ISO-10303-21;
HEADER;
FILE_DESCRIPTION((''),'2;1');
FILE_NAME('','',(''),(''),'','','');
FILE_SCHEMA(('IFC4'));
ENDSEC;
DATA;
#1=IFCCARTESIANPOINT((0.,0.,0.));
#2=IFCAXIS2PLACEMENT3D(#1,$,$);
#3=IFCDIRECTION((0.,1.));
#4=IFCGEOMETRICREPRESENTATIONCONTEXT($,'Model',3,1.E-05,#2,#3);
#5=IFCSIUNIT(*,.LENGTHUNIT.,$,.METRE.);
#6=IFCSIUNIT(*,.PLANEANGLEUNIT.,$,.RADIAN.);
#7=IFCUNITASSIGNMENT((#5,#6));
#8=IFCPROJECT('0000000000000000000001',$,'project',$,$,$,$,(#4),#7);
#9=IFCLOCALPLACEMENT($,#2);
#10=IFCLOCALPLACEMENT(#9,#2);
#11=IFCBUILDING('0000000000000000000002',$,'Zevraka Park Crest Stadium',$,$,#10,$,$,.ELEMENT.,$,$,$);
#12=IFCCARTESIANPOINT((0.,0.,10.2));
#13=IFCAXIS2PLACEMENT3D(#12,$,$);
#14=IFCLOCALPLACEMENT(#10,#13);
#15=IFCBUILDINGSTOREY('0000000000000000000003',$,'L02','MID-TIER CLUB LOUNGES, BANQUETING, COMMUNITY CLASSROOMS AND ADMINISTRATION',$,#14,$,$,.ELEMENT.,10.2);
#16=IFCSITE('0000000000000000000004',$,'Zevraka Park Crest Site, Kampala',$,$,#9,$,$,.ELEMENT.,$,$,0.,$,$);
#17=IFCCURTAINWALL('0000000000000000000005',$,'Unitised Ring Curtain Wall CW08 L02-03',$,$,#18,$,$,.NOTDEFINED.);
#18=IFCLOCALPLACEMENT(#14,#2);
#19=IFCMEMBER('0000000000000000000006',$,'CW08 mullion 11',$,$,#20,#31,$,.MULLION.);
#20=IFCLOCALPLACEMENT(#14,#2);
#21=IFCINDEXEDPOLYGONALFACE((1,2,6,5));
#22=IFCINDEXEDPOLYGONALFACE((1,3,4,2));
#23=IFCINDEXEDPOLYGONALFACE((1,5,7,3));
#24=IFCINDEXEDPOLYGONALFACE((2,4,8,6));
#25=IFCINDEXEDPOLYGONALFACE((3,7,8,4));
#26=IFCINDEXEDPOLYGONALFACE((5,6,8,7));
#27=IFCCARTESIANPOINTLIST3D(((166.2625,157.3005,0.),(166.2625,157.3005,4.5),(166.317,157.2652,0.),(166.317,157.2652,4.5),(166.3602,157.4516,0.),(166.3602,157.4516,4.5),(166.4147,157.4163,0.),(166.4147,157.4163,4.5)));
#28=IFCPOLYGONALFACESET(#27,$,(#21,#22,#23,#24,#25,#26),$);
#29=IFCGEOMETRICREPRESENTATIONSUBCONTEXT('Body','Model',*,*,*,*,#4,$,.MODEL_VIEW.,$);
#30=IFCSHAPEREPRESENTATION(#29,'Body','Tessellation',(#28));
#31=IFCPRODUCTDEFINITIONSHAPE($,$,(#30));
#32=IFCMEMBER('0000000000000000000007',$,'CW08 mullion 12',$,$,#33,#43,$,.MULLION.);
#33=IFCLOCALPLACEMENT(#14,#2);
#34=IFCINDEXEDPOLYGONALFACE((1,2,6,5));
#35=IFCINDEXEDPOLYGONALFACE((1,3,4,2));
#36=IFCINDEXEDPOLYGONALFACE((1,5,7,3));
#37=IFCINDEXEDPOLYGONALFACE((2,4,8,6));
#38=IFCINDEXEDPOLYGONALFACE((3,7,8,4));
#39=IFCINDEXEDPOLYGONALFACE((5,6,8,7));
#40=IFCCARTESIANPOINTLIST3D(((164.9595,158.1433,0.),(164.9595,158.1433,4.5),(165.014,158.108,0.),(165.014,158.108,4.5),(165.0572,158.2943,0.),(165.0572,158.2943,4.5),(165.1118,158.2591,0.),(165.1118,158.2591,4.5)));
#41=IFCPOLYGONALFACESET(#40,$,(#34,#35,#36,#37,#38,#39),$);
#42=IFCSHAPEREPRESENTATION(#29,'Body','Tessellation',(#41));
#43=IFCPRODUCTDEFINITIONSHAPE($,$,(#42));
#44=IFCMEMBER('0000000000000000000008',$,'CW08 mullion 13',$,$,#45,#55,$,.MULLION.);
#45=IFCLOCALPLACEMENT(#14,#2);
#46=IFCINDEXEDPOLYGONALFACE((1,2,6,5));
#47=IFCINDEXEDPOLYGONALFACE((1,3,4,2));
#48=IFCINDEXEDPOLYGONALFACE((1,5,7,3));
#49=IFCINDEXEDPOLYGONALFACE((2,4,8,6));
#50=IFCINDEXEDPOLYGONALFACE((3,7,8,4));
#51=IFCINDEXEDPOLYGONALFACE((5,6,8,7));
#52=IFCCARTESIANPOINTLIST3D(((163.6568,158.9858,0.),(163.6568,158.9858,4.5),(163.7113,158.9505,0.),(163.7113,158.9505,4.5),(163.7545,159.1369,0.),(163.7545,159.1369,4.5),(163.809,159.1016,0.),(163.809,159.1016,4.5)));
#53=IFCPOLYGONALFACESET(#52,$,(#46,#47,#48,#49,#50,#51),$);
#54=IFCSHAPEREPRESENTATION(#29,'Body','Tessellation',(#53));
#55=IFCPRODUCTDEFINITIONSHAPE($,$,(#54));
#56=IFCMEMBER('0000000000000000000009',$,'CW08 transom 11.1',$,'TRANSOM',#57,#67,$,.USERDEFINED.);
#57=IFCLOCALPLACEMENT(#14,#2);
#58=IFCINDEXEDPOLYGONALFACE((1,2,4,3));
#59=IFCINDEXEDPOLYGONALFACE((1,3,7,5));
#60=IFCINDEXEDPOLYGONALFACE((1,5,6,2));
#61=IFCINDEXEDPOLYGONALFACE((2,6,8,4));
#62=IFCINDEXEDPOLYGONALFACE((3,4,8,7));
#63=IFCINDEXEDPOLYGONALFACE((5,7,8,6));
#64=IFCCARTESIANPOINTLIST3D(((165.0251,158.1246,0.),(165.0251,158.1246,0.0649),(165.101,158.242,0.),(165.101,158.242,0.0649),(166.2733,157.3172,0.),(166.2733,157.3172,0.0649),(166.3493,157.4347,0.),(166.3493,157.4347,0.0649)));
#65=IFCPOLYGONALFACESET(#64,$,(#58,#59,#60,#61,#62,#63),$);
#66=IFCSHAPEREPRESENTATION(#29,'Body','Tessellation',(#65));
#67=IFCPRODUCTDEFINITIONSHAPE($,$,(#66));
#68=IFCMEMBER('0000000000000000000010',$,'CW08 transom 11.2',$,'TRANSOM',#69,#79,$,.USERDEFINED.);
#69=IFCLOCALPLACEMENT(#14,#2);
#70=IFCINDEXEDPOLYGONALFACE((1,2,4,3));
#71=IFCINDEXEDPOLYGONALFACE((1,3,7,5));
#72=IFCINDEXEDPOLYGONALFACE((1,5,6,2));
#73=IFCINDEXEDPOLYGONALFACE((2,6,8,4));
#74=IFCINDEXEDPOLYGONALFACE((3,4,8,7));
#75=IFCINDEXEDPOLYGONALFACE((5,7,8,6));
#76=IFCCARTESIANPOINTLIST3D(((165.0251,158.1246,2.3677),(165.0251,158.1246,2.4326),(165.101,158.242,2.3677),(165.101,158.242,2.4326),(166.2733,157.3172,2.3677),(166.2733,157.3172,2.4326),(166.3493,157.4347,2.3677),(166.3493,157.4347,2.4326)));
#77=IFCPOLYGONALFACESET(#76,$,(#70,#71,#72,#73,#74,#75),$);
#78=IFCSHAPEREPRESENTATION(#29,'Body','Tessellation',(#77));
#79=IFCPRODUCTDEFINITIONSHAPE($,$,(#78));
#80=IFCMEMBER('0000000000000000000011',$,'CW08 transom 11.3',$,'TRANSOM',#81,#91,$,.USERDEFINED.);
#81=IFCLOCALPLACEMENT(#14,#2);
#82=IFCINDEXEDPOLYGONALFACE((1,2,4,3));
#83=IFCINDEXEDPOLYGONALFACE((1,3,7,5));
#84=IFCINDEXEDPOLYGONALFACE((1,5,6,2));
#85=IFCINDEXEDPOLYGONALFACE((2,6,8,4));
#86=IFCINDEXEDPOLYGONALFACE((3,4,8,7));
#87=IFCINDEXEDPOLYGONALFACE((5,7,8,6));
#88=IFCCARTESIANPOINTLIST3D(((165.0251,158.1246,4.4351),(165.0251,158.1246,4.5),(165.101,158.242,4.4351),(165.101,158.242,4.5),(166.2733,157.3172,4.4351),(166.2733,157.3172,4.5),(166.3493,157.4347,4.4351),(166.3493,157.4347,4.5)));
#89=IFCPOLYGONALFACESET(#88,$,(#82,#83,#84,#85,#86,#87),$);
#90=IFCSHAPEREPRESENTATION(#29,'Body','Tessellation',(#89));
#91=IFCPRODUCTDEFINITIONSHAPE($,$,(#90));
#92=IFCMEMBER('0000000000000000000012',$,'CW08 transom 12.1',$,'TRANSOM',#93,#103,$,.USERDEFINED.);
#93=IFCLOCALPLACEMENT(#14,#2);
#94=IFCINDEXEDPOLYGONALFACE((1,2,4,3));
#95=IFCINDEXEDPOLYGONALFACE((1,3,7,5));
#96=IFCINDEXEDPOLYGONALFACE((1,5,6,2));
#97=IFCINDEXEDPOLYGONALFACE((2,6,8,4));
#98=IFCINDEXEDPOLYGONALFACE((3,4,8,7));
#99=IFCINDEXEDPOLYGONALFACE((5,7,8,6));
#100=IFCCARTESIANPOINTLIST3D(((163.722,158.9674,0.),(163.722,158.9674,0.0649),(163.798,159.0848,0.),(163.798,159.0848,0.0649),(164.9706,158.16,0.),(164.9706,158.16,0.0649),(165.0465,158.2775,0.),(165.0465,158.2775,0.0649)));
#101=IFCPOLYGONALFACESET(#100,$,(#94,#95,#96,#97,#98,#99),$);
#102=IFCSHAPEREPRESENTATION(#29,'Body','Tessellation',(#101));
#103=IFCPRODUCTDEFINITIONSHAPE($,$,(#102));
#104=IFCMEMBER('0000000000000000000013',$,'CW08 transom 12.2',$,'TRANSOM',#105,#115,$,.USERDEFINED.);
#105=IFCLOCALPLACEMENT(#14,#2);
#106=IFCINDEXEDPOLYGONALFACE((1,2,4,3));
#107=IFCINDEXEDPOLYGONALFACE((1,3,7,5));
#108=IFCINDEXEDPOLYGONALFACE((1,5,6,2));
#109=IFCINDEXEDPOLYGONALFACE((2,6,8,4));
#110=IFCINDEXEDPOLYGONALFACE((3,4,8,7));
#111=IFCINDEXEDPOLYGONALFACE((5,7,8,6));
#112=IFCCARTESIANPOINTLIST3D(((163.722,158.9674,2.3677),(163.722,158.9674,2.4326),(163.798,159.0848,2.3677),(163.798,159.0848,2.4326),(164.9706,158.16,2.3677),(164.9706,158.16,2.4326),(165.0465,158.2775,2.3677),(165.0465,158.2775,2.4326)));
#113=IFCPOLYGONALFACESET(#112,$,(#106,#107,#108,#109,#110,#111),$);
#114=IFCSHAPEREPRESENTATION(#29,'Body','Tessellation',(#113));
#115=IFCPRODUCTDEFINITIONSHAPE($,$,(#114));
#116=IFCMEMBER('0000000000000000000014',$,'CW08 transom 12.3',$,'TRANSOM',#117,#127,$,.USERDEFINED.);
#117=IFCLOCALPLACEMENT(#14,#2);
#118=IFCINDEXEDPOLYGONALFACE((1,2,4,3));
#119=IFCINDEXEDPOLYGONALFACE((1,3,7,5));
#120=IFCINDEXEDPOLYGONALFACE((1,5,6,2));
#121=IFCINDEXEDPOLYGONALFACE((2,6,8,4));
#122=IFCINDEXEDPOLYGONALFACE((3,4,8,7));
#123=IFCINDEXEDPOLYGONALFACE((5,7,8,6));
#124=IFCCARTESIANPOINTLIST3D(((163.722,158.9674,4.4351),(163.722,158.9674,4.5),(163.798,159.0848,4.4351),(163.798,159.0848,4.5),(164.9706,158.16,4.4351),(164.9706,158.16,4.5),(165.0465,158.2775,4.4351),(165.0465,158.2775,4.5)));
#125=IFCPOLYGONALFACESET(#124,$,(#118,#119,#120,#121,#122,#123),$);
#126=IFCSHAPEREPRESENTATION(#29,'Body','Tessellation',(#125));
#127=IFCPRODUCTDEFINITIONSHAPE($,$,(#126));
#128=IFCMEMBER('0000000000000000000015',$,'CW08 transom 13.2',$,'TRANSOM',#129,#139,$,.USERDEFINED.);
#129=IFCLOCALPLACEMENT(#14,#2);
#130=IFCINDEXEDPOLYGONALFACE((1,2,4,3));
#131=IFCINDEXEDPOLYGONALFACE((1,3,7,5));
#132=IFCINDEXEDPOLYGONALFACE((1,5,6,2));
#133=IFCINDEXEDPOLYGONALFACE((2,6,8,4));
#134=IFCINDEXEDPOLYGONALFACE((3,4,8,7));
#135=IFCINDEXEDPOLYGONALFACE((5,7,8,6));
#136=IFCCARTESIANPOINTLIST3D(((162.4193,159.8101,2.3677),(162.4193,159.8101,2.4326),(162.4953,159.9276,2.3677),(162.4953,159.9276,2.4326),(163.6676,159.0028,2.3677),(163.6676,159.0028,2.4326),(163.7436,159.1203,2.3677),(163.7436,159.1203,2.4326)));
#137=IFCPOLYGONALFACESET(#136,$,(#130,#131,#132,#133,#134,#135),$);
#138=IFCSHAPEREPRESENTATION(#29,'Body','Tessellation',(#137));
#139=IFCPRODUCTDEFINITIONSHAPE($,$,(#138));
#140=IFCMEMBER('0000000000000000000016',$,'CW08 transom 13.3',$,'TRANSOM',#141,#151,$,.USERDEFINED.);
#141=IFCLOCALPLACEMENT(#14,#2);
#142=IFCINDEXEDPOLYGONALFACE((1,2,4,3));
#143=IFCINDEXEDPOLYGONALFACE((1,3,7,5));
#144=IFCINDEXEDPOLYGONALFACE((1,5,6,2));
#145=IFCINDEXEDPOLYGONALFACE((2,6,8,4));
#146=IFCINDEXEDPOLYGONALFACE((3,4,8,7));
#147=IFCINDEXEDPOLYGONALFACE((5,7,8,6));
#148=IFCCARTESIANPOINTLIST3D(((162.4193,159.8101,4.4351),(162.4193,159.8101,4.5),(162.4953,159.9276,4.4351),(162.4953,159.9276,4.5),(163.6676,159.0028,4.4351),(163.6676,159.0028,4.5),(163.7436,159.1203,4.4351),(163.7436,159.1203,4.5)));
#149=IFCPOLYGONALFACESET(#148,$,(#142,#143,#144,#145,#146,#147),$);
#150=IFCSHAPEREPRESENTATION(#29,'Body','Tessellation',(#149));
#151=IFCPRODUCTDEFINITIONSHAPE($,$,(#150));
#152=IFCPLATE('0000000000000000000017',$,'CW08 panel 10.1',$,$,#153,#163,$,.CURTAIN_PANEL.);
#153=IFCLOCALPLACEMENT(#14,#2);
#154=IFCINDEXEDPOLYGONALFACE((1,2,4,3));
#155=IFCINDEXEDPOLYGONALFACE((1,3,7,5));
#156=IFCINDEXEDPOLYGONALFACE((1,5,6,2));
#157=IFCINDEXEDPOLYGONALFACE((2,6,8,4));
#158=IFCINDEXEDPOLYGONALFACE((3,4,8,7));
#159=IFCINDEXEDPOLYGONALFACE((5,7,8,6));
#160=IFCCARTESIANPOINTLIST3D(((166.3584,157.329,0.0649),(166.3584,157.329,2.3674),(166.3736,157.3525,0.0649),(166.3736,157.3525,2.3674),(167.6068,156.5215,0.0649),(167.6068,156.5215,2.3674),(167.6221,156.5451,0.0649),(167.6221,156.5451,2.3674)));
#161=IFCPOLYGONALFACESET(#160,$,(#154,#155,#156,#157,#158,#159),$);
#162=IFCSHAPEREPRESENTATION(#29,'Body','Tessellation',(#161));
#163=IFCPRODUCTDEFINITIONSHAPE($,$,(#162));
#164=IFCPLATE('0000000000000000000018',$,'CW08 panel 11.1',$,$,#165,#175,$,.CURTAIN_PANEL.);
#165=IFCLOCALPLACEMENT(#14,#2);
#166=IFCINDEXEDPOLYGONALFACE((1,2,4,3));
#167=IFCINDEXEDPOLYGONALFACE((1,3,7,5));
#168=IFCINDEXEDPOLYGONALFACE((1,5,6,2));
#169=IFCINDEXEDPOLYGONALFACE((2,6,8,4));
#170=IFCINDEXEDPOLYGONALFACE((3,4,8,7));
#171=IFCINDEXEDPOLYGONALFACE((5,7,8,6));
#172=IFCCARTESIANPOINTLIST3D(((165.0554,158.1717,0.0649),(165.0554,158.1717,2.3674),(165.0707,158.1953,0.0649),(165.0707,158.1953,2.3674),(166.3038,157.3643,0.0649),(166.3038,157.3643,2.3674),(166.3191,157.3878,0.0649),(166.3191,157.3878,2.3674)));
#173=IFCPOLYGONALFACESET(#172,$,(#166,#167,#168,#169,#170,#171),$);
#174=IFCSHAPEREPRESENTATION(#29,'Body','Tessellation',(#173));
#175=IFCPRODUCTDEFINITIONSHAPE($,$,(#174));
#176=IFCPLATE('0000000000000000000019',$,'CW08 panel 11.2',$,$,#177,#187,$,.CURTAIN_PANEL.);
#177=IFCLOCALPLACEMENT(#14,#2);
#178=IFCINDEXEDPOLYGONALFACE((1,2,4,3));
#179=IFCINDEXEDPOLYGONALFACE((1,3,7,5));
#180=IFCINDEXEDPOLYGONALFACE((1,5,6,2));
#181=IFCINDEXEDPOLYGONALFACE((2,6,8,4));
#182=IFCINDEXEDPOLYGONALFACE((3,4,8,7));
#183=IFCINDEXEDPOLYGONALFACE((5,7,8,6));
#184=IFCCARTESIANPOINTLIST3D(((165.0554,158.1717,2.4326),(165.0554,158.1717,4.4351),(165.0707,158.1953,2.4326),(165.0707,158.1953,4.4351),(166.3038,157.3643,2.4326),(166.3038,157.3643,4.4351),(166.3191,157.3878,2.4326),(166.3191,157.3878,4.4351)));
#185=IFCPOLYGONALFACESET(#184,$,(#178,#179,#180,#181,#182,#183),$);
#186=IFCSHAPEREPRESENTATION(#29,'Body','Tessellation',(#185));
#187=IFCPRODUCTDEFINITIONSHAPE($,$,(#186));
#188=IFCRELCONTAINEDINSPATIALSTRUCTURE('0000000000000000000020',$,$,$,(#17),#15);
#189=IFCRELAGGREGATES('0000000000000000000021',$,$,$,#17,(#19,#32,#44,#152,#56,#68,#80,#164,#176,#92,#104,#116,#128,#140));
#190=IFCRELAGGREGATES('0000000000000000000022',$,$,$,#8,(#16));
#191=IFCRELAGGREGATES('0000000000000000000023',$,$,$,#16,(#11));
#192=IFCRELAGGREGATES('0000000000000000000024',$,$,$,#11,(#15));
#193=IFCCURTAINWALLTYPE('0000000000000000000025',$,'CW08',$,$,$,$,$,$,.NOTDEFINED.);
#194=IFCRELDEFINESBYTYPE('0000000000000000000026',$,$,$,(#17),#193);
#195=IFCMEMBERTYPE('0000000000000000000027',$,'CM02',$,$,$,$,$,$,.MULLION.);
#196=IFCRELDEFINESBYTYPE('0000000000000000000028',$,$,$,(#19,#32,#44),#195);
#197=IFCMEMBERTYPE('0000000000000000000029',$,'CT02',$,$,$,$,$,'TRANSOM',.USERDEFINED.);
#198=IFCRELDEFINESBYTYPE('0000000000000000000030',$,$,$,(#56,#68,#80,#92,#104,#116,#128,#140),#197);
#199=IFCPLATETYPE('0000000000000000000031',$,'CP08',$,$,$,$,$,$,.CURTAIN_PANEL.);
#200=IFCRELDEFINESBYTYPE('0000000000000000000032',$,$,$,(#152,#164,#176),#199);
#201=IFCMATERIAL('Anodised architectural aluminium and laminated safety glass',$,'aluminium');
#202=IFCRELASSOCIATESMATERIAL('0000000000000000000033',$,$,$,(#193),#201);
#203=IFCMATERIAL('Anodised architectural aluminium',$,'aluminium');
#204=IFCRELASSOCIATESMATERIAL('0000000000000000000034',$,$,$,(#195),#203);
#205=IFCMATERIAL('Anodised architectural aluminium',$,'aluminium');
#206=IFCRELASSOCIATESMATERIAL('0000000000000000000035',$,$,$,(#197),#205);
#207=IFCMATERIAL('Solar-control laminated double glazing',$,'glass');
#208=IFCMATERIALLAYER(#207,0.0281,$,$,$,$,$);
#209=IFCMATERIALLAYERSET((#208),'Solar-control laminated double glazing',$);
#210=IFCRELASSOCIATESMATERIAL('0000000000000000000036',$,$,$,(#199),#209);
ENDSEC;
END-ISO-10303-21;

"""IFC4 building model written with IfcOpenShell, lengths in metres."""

from ifc_helpers import new_model, si_unit, direction, frame, origin, origin_2d, place, context, subcontext, project, spatial, rectangle, extrude, material, layer, layer_set, material_profile, profile_set, type_object, element, aggregate, save


model = new_model("IFC4")

# Units and contexts
model_context = context("Model", 3, precision=1e-05, world=origin(), true_north=direction((0.0, 1.0)))
body_context = subcontext(model_context, "Body", "Model", "MODEL_VIEW")
ifc_project = project(units=[si_unit("LENGTHUNIT", "METRE"), si_unit("PLANEANGLEUNIT", "RADIAN")], contexts=[model_context])

# Site, building, storey
site_placement = place(None, origin())
site = spatial("IfcSite", under=ifc_project, at=site_placement, Name="Zevraka Park Crest Site, Kampala", CompositionType="ELEMENT", RefElevation=0.0)
building_placement = place(site_placement, origin())
building = spatial("IfcBuilding", under=site, at=building_placement, Name="Zevraka Park Crest Stadium", CompositionType="ELEMENT")
storey_placement = place(building_placement, frame((0.0, 0.0, 10.2)))
storey = spatial("IfcBuildingStorey", under=building, at=storey_placement, Name="L02", Description="MID-TIER CLUB LOUNGES, BANQUETING, COMMUNITY CLASSROOMS AND ADMINISTRATION", CompositionType="ELEMENT", Elevation=10.2)

# Curtain wall, members, plates
ifc_material_1 = material(Name="Anodised architectural aluminium and laminated safety glass", Category="aluminium")
curtain_wall_type = type_object("IfcCurtainWallType", Name="CW08", PredefinedType="NOTDEFINED", material=ifc_material_1)
curtain_wall_placement = place(storey_placement, origin())
curtain_wall = element("IfcCurtainWall", 1, at=curtain_wall_placement, inside=storey, type_object=curtain_wall_type, Name="Unitised Ring Curtain Wall CW08 L02-03", PredefinedType="NOTDEFINED")
ifc_material_2 = material(Name="Anodised architectural aluminium", Category="aluminium")
ifc_material_profile_1 = material_profile(ifc_material_2, rectangle(XDim=0.1799, YDim=0.0649, at=origin_2d()), Name="ALU MULLION 180x65")
ifc_profile_set_1 = profile_set([ifc_material_profile_1], Name="Anodised architectural aluminium")
member_type_1 = type_object("IfcMemberType", Name="CM02", PredefinedType="MULLION", material=ifc_profile_set_1)
member_1_placement = place(storey_placement, frame((166.3386, 157.3584, 0.0), z_axis=(0.0, 0.0, 1.0), x_axis=(-0.543096, -0.83967, 0.0)))
member_1 = element("IfcMember", 2, at=member_1_placement, type_object=member_type_1, Name="CW08 mullion 11", PredefinedType="MULLION", context=body_context, shape_type="SweptSolid", body=[
    extrude(rectangle(XDim=0.1799, YDim=0.0649, at=origin_2d()), origin(), (0.0, 0.0, 1.0), 4.5),
])
member_2_placement = place(storey_placement, frame((165.0356, 158.2012, 0.0), z_axis=(0.0, 0.0, 1.0), x_axis=(-0.543096, -0.83967, 0.0)))
member_2 = element("IfcMember", 3, at=member_2_placement, type_object=member_type_1, Name="CW08 mullion 12", PredefinedType="MULLION", context=body_context, shape_type="SweptSolid", body=[
    extrude(rectangle(XDim=0.1799, YDim=0.0649, at=origin_2d()), origin(), (0.0, 0.0, 1.0), 4.5),
])
member_3_placement = place(storey_placement, frame((163.7329, 159.0437, 0.0), z_axis=(0.0, 0.0, 1.0), x_axis=(-0.543096, -0.83967, 0.0)))
member_3 = element("IfcMember", 4, at=member_3_placement, type_object=member_type_1, Name="CW08 mullion 13", PredefinedType="MULLION", context=body_context, shape_type="SweptSolid", body=[
    extrude(rectangle(XDim=0.1799, YDim=0.0649, at=origin_2d()), origin(), (0.0, 0.0, 1.0), 4.5),
])
ifc_material_3 = material(Name="Anodised architectural aluminium", Category="aluminium")
ifc_material_profile_2 = material_profile(ifc_material_3, rectangle(XDim=0.1399, YDim=0.0649, at=origin_2d()), Name="ALU TRANSOM 140x65")
ifc_profile_set_2 = profile_set([ifc_material_profile_2], Name="Anodised architectural aluminium")
member_type_2 = type_object("IfcMemberType", Name="CT02", ElementType="TRANSOM", PredefinedType="USERDEFINED", material=ifc_profile_set_2)
member_4_placement = place(storey_placement, frame((166.3113, 157.376, 0.0325), z_axis=(-0.839676, 0.543088, 0.0), x_axis=(-0.543088, -0.839676, 0.0)))
member_4 = element("IfcMember", 5, at=member_4_placement, type_object=member_type_2, Name="CW08 transom 11.1", ObjectType="TRANSOM", PredefinedType="USERDEFINED", context=body_context, shape_type="SweptSolid", body=[
    extrude(rectangle(XDim=0.1399, YDim=0.0649, at=origin_2d()), origin(), (0.0, 0.0, 1.0), 1.4866),
])
member_5_placement = place(storey_placement, frame((166.3113, 157.376, 2.4001), z_axis=(-0.839676, 0.543088, 0.0), x_axis=(-0.543088, -0.839676, 0.0)))
member_5 = element("IfcMember", 6, at=member_5_placement, type_object=member_type_2, Name="CW08 transom 11.2", ObjectType="TRANSOM", PredefinedType="USERDEFINED", context=body_context, shape_type="SweptSolid", body=[
    extrude(rectangle(XDim=0.1399, YDim=0.0649, at=origin_2d()), origin(), (0.0, 0.0, 1.0), 1.4866),
])
member_6_placement = place(storey_placement, frame((166.3113, 157.376, 4.4675), z_axis=(-0.839676, 0.543088, 0.0), x_axis=(-0.543088, -0.839676, 0.0)))
member_6 = element("IfcMember", 7, at=member_6_placement, type_object=member_type_2, Name="CW08 transom 11.3", ObjectType="TRANSOM", PredefinedType="USERDEFINED", context=body_context, shape_type="SweptSolid", body=[
    extrude(rectangle(XDim=0.1399, YDim=0.0649, at=origin_2d()), origin(), (0.0, 0.0, 1.0), 1.4866),
])
member_7_placement = place(storey_placement, frame((165.0085, 158.2188, 0.0325), z_axis=(-0.839724, 0.543013, 0.0), x_axis=(-0.543013, -0.839724, 0.0)))
member_7 = element("IfcMember", 8, at=member_7_placement, type_object=member_type_2, Name="CW08 transom 12.1", ObjectType="TRANSOM", PredefinedType="USERDEFINED", context=body_context, shape_type="SweptSolid", body=[
    extrude(rectangle(XDim=0.1399, YDim=0.0649, at=origin_2d()), origin(), (0.0, 0.0, 1.0), 1.4868),
])
member_8_placement = place(storey_placement, frame((165.0085, 158.2188, 2.4001), z_axis=(-0.839724, 0.543013, 0.0), x_axis=(-0.543013, -0.839724, 0.0)))
member_8 = element("IfcMember", 9, at=member_8_placement, type_object=member_type_2, Name="CW08 transom 12.2", ObjectType="TRANSOM", PredefinedType="USERDEFINED", context=body_context, shape_type="SweptSolid", body=[
    extrude(rectangle(XDim=0.1399, YDim=0.0649, at=origin_2d()), origin(), (0.0, 0.0, 1.0), 1.4868),
])
member_9_placement = place(storey_placement, frame((165.0085, 158.2188, 4.4675), z_axis=(-0.839724, 0.543013, 0.0), x_axis=(-0.543013, -0.839724, 0.0)))
member_9 = element("IfcMember", 10, at=member_9_placement, type_object=member_type_2, Name="CW08 transom 12.3", ObjectType="TRANSOM", PredefinedType="USERDEFINED", context=body_context, shape_type="SweptSolid", body=[
    extrude(rectangle(XDim=0.1399, YDim=0.0649, at=origin_2d()), origin(), (0.0, 0.0, 1.0), 1.4868),
])
member_10_placement = place(storey_placement, frame((163.7056, 159.0615, 2.4001), z_axis=(-0.839676, 0.543088, 0.0), x_axis=(-0.543088, -0.839676, 0.0)))
member_10 = element("IfcMember", 11, at=member_10_placement, type_object=member_type_2, Name="CW08 transom 13.2", ObjectType="TRANSOM", PredefinedType="USERDEFINED", context=body_context, shape_type="SweptSolid", body=[
    extrude(rectangle(XDim=0.1399, YDim=0.0649, at=origin_2d()), origin(), (0.0, 0.0, 1.0), 1.4866),
])
member_11_placement = place(storey_placement, frame((163.7056, 159.0615, 4.4675), z_axis=(-0.839676, 0.543088, 0.0), x_axis=(-0.543088, -0.839676, 0.0)))
member_11 = element("IfcMember", 12, at=member_11_placement, type_object=member_type_2, Name="CW08 transom 13.3", ObjectType="TRANSOM", PredefinedType="USERDEFINED", context=body_context, shape_type="SweptSolid", body=[
    extrude(rectangle(XDim=0.1399, YDim=0.0649, at=origin_2d()), origin(), (0.0, 0.0, 1.0), 1.4866),
])
ifc_material_4 = material(Name="Solar-control laminated double glazing", Category="glass")
ifc_layer_1 = layer(ifc_material_4, 0.0281)
ifc_layer_set_1 = layer_set([ifc_layer_1], Name="Solar-control laminated double glazing")
plate_type = type_object("IfcPlateType", Name="CP08", PredefinedType="CURTAIN_PANEL", material=ifc_layer_set_1)
plate_1_placement = place(storey_placement, frame((166.9902, 156.937, 0.0649), z_axis=(0.0, 0.0, 1.0), x_axis=(-0.83967, 0.543096, 0.0)))
plate_1 = element("IfcPlate", 13, at=plate_1_placement, type_object=plate_type, Name="CW08 panel 10.1", PredefinedType="CURTAIN_PANEL", context=body_context, shape_type="SweptSolid", body=[
    extrude(rectangle(XDim=1.4868, YDim=0.0281, at=origin_2d()), origin(), (0.0, 0.0, 1.0), 2.3025),
])
plate_2_placement = place(storey_placement, frame((165.6873, 157.7798, 0.0649), z_axis=(0.0, 0.0, 1.0), x_axis=(-0.83967, 0.543096, 0.0)))
plate_2 = element("IfcPlate", 14, at=plate_2_placement, type_object=plate_type, Name="CW08 panel 11.1", PredefinedType="CURTAIN_PANEL", context=body_context, shape_type="SweptSolid", body=[
    extrude(rectangle(XDim=1.4868, YDim=0.0281, at=origin_2d()), origin(), (0.0, 0.0, 1.0), 2.3025),
])
plate_3_placement = place(storey_placement, frame((165.6873, 157.7798, 2.4326), z_axis=(0.0, 0.0, 1.0), x_axis=(-0.83967, 0.543096, 0.0)))
plate_3 = element("IfcPlate", 15, at=plate_3_placement, type_object=plate_type, Name="CW08 panel 11.2", PredefinedType="CURTAIN_PANEL", context=body_context, shape_type="SweptSolid", body=[
    extrude(rectangle(XDim=1.4868, YDim=0.0281, at=origin_2d()), origin(), (0.0, 0.0, 1.0), 2.0024),
])
aggregate(curtain_wall, [member_1, member_2, member_3, plate_1, member_4, member_5, member_6, plate_2, plate_3, member_7, member_8, member_9, member_10, member_11])

save(model, "model.ifc")
